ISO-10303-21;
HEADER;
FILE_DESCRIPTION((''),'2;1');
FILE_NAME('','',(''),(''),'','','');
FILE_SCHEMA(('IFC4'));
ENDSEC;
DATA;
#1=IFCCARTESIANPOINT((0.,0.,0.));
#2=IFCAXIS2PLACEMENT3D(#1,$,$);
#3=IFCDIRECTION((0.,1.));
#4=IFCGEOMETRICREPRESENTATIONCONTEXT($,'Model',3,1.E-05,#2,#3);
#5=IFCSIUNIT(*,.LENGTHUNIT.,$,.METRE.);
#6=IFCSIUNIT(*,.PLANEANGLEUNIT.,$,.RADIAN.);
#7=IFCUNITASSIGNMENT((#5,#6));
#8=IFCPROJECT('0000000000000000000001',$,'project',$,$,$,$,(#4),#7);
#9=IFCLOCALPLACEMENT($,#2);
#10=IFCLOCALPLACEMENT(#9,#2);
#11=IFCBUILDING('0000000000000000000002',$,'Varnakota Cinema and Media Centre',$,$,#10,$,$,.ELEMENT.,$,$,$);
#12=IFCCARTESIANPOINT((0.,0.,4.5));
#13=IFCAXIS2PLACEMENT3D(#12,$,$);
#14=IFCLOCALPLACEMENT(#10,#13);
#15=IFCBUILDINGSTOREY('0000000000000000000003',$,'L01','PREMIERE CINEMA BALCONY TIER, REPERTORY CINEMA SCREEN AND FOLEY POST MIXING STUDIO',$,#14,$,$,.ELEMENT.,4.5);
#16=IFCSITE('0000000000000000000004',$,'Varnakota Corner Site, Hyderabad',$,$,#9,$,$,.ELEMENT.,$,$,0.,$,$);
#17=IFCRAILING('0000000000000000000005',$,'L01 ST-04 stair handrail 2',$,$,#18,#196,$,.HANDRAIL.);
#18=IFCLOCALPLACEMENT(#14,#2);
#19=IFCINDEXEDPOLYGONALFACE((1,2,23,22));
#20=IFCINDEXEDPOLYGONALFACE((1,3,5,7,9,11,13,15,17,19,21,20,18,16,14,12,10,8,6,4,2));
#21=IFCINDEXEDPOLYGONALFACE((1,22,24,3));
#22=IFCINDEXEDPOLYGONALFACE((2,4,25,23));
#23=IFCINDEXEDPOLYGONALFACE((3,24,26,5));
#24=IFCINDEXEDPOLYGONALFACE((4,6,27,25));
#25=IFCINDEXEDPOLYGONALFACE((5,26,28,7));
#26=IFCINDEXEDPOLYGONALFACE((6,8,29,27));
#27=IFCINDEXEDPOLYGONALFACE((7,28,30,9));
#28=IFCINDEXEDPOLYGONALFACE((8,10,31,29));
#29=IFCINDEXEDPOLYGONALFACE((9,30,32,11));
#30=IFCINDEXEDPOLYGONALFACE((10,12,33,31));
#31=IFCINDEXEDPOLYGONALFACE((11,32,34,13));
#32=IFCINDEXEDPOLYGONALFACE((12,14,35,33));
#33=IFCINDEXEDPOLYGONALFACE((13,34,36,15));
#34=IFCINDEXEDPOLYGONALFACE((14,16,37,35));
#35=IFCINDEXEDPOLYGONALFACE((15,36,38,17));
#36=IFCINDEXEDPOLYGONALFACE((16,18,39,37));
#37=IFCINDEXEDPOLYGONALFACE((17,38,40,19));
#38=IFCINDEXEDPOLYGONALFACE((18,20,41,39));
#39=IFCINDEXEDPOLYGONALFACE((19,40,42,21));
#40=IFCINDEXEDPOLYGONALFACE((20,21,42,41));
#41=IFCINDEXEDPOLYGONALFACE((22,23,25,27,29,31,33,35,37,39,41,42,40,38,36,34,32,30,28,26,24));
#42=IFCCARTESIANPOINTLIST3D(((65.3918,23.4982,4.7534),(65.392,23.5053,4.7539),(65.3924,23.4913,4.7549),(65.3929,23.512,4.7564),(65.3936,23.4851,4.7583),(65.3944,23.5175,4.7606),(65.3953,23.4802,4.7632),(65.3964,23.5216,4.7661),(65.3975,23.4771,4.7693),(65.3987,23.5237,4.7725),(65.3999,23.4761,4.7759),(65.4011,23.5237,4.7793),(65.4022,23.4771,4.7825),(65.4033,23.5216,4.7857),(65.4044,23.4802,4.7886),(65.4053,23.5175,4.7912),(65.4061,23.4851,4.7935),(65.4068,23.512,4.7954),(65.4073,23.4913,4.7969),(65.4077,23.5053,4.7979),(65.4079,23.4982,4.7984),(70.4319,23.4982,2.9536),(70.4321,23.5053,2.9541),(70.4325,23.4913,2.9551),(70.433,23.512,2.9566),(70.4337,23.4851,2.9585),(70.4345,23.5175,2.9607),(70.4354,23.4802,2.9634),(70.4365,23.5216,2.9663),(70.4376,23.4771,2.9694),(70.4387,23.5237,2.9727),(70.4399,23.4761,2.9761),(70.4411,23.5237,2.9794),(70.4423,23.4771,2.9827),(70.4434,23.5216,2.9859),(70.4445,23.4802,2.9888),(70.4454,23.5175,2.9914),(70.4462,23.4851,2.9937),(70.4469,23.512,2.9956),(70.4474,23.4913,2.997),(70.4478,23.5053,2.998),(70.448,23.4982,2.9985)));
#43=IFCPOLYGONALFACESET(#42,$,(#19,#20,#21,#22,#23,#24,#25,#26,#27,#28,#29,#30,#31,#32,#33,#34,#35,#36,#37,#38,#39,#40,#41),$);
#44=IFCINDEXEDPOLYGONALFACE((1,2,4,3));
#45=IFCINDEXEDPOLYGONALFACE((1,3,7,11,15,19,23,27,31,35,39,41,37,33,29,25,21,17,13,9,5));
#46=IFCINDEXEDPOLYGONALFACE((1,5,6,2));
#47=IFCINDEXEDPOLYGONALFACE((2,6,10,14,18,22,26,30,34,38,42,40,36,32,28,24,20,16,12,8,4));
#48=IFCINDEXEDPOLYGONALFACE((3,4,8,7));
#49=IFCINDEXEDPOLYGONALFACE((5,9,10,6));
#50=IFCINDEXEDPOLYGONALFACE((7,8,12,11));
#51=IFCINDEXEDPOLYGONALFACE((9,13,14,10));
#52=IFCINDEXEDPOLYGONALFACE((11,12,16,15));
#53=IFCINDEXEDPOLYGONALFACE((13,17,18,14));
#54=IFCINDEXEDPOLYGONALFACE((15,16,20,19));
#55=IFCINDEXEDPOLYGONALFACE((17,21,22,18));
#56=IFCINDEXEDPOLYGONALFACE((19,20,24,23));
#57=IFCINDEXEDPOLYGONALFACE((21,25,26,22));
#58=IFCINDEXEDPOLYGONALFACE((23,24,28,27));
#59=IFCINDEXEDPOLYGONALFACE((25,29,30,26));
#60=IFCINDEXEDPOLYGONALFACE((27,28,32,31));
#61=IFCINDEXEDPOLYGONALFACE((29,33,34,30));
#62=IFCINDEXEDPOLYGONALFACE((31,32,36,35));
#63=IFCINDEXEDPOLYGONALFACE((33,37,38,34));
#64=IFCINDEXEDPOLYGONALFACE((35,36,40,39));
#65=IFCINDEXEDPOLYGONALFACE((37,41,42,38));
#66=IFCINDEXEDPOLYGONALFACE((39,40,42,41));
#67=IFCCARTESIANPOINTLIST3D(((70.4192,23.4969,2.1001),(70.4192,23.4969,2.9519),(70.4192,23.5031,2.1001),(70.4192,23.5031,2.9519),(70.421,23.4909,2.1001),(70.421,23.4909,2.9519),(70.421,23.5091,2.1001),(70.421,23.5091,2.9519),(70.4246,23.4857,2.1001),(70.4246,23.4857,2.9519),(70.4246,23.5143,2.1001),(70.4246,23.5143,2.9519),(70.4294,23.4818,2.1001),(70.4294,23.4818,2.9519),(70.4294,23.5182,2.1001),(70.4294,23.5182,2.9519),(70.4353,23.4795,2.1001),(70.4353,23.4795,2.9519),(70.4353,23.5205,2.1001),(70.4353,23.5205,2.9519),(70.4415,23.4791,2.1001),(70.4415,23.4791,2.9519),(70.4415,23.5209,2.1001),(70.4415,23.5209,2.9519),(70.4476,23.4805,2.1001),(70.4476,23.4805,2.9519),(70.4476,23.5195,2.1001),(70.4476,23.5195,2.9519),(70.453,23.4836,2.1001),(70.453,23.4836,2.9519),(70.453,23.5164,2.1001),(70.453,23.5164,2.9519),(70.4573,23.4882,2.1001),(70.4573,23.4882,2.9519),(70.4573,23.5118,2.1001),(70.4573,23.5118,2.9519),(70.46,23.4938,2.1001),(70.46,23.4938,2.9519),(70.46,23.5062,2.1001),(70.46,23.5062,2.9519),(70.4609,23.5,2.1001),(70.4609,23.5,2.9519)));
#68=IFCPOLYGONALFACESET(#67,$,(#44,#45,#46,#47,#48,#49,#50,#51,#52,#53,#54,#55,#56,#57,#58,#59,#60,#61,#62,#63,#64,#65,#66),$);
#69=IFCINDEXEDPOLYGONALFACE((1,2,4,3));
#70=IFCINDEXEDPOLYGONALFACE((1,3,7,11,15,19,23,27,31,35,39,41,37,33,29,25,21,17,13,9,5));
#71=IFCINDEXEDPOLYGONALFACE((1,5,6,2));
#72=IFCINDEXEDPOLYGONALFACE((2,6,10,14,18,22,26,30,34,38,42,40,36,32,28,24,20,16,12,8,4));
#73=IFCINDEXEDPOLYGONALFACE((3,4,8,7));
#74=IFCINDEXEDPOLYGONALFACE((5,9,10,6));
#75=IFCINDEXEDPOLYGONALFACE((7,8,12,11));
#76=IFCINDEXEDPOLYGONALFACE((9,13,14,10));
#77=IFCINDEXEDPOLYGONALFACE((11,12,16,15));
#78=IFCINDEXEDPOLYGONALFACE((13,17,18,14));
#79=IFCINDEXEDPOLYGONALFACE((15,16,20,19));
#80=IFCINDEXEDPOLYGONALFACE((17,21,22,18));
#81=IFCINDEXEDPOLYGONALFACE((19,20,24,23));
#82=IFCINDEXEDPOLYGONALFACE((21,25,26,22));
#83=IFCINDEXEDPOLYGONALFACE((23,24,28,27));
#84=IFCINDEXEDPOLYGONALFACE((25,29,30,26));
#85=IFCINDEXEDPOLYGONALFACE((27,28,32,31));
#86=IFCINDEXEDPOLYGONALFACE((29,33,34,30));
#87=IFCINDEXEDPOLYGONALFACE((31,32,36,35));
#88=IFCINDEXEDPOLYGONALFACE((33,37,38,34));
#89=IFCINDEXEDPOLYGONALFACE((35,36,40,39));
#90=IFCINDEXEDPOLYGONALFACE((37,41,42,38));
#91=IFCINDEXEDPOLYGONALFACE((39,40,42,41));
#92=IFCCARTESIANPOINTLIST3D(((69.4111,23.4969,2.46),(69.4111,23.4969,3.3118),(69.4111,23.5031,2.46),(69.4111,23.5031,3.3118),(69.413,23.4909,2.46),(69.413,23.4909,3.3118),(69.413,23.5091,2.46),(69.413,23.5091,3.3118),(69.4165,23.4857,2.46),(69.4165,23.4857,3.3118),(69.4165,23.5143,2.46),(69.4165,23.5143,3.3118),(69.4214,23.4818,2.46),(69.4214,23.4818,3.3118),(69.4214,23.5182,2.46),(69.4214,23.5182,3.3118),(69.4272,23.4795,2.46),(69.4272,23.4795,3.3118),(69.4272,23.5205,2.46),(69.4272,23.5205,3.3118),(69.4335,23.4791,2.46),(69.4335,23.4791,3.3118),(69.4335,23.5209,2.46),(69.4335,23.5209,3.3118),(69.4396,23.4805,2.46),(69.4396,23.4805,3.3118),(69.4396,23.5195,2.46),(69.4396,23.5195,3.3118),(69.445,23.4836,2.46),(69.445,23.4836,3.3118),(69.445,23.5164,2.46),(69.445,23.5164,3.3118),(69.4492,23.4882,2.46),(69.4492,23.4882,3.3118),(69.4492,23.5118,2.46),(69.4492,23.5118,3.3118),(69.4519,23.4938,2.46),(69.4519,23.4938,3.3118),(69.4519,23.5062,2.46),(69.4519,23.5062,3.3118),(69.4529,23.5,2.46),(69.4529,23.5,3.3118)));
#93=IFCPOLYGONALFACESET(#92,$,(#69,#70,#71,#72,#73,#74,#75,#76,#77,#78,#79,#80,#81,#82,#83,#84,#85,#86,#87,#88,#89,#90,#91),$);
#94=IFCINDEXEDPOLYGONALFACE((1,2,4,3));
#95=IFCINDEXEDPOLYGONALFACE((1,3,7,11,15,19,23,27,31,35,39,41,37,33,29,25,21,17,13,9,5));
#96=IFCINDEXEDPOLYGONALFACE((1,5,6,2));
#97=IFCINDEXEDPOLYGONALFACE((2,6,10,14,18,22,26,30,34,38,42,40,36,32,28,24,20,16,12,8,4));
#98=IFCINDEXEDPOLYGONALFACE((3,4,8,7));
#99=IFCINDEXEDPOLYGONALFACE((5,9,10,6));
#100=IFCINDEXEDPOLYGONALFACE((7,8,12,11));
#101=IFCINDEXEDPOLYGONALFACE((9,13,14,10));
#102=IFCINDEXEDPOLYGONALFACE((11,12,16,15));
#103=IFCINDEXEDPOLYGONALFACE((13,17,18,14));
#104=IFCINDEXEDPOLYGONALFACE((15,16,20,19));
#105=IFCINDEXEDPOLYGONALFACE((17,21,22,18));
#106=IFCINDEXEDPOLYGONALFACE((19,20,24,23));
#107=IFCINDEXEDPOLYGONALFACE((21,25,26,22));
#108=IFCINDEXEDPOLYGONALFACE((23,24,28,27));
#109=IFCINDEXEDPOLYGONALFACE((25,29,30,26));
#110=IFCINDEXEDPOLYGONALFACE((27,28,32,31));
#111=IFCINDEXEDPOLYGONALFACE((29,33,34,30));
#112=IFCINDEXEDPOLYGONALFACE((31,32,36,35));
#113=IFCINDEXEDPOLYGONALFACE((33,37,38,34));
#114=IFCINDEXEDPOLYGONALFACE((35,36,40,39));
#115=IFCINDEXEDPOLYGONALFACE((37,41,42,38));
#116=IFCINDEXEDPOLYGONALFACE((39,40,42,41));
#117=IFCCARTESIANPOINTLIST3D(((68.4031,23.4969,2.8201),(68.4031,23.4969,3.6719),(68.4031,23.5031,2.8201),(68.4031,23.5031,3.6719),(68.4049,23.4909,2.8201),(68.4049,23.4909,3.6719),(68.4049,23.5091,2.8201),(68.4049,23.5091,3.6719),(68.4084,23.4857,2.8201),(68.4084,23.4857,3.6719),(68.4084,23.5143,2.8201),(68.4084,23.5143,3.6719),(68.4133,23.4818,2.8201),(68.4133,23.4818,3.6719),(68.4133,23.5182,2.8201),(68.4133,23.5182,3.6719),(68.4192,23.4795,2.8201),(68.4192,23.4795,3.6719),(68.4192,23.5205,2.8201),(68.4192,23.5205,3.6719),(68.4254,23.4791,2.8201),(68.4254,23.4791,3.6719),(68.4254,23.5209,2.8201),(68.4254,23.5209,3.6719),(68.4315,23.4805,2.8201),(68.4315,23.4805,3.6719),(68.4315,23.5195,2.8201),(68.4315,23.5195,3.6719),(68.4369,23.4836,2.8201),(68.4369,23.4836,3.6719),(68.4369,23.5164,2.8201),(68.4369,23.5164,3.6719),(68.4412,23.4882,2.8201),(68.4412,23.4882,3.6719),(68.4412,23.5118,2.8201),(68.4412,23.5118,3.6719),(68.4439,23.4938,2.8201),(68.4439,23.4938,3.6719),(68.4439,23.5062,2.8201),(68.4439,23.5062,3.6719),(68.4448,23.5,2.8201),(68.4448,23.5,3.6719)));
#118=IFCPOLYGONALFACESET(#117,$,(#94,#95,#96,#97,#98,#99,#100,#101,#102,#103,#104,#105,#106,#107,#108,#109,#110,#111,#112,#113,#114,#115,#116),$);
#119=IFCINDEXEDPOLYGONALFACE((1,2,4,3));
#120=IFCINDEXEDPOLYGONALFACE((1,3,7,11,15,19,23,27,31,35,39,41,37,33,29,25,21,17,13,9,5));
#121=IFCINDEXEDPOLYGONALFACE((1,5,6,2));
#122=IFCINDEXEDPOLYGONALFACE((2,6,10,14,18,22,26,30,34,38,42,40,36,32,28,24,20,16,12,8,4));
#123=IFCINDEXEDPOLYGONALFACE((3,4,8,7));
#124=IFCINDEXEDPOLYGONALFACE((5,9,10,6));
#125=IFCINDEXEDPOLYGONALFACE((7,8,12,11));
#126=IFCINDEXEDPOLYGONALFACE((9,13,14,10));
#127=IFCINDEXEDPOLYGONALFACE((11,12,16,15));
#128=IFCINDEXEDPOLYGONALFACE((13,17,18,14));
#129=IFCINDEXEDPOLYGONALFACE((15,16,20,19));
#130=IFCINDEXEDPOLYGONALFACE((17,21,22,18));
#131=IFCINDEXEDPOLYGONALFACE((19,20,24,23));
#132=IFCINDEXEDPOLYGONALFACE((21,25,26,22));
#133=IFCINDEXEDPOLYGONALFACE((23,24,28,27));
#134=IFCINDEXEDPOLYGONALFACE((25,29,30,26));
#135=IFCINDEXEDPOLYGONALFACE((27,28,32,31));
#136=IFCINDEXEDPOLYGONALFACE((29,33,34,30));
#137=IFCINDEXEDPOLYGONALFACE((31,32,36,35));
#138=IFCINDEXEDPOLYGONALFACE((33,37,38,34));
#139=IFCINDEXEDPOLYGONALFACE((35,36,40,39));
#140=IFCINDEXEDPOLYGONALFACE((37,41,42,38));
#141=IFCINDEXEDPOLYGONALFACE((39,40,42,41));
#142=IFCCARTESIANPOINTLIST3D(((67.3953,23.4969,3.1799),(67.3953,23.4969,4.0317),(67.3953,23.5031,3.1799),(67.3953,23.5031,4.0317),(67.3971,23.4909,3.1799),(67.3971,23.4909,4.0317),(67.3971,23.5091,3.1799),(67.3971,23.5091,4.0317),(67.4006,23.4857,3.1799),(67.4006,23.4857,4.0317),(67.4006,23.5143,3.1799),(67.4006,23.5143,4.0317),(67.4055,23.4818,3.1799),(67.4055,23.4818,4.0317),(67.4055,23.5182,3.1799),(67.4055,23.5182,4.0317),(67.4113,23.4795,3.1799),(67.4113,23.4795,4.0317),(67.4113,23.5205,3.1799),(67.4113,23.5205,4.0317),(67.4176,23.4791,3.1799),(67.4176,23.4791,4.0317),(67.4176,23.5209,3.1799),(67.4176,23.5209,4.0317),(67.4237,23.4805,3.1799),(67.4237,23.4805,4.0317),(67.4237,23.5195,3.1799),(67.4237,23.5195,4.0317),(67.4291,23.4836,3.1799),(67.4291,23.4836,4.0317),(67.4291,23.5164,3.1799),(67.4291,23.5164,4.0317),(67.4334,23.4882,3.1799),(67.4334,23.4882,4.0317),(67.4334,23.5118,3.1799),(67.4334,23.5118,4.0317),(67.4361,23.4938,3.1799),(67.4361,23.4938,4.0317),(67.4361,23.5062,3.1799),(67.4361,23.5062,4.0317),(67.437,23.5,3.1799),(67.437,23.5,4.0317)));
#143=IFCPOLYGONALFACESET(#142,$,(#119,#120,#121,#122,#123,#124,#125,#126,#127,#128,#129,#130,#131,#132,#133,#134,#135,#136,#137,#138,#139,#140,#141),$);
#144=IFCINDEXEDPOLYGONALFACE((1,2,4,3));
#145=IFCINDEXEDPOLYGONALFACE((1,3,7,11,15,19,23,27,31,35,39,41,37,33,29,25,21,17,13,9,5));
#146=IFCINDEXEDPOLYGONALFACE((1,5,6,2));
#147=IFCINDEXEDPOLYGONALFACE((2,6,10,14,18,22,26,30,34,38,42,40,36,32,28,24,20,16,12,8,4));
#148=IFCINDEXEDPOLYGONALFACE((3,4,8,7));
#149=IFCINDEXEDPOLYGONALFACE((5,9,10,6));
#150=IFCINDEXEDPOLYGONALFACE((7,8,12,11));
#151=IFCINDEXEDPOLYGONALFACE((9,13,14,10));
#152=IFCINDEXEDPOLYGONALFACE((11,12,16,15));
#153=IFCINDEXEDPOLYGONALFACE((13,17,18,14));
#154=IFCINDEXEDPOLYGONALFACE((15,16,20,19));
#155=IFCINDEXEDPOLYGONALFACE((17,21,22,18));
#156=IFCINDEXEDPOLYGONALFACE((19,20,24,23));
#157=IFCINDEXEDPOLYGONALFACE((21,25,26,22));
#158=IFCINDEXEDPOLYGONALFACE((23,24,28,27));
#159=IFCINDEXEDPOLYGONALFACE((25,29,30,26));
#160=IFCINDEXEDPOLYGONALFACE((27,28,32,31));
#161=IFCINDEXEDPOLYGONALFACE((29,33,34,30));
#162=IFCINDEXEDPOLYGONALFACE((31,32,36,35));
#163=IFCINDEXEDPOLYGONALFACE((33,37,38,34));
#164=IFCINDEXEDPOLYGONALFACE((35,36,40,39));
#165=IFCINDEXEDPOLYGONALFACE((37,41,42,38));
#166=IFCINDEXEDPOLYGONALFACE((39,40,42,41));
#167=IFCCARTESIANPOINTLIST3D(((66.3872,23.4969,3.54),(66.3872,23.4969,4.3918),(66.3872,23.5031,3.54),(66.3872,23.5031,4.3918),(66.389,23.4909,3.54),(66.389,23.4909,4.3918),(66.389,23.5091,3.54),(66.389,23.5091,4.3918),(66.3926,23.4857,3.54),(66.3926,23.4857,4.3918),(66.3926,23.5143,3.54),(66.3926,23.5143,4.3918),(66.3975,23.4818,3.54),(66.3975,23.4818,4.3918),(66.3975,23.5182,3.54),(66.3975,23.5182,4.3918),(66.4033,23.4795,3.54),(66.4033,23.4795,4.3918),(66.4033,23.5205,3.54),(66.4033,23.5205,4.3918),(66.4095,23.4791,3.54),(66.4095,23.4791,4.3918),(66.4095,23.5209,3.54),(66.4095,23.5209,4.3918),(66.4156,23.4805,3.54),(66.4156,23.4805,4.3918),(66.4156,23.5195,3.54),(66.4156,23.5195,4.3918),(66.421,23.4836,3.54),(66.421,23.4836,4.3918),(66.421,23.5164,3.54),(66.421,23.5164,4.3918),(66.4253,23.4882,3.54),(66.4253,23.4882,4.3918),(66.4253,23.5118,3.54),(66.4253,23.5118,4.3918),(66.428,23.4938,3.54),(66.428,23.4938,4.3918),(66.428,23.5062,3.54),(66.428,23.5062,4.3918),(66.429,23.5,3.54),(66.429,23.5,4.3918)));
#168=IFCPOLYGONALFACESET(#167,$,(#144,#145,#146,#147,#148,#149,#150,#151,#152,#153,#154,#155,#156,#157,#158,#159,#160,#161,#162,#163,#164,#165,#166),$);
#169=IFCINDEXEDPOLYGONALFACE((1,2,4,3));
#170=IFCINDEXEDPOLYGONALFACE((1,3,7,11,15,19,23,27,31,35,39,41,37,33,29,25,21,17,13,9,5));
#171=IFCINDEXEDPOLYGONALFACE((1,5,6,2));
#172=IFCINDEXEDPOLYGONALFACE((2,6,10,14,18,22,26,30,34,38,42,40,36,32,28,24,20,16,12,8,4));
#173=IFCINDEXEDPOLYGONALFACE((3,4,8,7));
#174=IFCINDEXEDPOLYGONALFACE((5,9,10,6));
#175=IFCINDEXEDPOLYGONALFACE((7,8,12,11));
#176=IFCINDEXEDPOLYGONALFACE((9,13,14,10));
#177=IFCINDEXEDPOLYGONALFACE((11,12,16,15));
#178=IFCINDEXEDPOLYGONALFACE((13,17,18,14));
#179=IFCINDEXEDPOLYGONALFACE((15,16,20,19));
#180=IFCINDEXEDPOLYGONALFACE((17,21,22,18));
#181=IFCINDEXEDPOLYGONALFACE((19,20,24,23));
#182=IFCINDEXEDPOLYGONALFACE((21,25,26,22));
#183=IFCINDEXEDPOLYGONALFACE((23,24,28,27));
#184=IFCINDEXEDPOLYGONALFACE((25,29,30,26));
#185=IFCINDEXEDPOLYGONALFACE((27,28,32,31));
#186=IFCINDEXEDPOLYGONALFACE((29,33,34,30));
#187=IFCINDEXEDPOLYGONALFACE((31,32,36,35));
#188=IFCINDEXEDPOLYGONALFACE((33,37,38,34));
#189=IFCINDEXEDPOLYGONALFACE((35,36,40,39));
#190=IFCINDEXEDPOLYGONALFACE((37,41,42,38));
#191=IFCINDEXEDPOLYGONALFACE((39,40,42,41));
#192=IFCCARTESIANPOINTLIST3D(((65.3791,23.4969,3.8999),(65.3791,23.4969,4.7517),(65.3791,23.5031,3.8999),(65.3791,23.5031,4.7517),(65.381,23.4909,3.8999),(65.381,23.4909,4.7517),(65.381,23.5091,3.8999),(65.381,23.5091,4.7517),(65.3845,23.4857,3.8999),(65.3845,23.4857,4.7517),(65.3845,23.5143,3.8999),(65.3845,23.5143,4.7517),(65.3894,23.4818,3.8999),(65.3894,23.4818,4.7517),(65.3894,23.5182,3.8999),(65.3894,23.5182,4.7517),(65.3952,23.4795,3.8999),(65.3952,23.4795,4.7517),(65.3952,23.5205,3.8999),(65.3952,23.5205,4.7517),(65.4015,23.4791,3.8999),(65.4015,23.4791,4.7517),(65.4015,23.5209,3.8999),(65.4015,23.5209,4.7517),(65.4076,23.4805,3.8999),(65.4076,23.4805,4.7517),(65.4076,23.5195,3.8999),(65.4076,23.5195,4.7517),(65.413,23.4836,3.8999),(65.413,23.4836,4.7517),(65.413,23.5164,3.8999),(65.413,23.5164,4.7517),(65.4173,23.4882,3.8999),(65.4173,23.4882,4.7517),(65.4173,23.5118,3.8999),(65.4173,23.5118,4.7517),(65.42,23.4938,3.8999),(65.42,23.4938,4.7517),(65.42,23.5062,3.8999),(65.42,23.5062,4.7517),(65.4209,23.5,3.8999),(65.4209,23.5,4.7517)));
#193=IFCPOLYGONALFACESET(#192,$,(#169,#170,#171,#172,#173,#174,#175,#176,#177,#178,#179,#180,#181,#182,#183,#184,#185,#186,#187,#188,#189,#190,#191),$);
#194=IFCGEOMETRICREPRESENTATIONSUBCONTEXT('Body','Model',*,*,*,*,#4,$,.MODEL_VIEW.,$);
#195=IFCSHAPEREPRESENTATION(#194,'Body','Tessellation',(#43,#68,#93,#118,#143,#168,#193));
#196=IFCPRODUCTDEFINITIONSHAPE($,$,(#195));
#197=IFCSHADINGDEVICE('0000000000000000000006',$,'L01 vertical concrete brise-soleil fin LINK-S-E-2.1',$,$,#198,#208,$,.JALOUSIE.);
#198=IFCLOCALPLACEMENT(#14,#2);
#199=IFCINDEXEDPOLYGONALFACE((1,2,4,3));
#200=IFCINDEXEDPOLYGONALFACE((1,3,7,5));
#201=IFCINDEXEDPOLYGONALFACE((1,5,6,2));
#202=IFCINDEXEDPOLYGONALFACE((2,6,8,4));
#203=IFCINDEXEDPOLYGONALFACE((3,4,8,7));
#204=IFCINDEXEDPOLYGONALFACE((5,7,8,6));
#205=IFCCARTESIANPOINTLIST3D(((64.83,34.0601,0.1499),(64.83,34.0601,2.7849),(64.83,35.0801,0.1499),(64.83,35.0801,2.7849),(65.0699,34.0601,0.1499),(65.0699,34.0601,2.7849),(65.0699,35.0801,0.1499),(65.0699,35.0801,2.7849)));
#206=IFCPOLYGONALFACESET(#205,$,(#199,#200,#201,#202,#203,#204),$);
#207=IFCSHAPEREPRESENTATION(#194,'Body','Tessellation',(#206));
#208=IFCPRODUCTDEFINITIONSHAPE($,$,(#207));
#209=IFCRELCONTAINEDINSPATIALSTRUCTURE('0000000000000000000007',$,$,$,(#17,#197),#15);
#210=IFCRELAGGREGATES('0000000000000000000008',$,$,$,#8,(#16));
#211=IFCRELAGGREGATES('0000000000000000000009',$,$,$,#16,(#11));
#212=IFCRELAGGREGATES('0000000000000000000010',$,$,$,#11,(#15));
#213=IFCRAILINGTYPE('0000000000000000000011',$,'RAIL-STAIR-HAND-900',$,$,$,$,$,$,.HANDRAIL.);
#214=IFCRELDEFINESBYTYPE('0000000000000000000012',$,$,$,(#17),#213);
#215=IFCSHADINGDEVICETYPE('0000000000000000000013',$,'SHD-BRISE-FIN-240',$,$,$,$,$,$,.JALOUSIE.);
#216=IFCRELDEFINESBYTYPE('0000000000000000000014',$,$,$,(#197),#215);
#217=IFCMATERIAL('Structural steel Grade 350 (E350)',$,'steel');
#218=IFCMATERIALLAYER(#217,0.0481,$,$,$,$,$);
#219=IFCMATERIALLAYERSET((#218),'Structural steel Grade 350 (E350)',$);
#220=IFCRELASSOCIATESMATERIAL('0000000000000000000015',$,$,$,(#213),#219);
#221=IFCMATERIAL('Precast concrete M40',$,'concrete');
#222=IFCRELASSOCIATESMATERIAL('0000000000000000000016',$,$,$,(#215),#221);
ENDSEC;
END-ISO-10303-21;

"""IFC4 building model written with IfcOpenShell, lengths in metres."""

from ifc_helpers import new_model, si_unit, direction, frame, origin, origin_2d, place, context, subcontext, project, spatial, rectangle, circle, extrude, material, layer, layer_set, type_object, element, save


model = new_model("IFC4")

# Units and contexts
model_context = context("Model", 3, precision=1e-05, world=origin(), true_north=direction((0.0, 1.0)))
body_context = subcontext(model_context, "Body", "Model", "MODEL_VIEW")
ifc_project = project(units=[si_unit("LENGTHUNIT", "METRE"), si_unit("PLANEANGLEUNIT", "RADIAN")], contexts=[model_context])

# Site, building, storey
site_placement = place(None, origin())
site = spatial("IfcSite", under=ifc_project, at=site_placement, Name="Varnakota Corner Site, Hyderabad", CompositionType="ELEMENT", RefElevation=0.0)
building_placement = place(site_placement, origin())
building = spatial("IfcBuilding", under=site, at=building_placement, Name="Varnakota Cinema and Media Centre", CompositionType="ELEMENT")
storey_placement = place(building_placement, frame((0.0, 0.0, 4.5)))
storey = spatial("IfcBuildingStorey", under=building, at=storey_placement, Name="L01", Description="PREMIERE CINEMA BALCONY TIER, REPERTORY CINEMA SCREEN AND FOLEY POST MIXING STUDIO", CompositionType="ELEMENT", Elevation=4.5)

# Railing
ifc_material_1 = material(Name="Structural steel Grade 350 (E350)", Category="steel")
ifc_layer_1 = layer(ifc_material_1, 0.0481)
ifc_layer_set_1 = layer_set([ifc_layer_1], Name="Structural steel Grade 350 (E350)")
railing_type_1 = type_object("IfcRailingType", Name="RAIL-STAIR-HAND-900", PredefinedType="HANDRAIL", material=ifc_layer_set_1)
railing_1_placement = place(storey_placement, frame((70.4399, 23.5, 2.1001)))
element("IfcRailing", 1, at=railing_1_placement, inside=storey, type_object=railing_type_1, Name="L01 ST-04 stair handrail 2", PredefinedType="HANDRAIL", context=body_context, shape_type="SweptSolid", body=[
    extrude(circle(Radius=0.0239, at=origin_2d()), frame((0.0, 0.0, 0.876), z_axis=(-0.941754, 0.0, 0.336302), x_axis=(0.0, -1.0, 0.0)), (0.0, 0.0, 1.0), 5.3518),
    extrude(circle(Radius=0.021, at=origin_2d()), origin(), (0.0, 0.0, 1.0), 0.8518),
    extrude(circle(Radius=0.021, at=origin_2d()), frame((-1.0081, 0.0, 0.3599)), (0.0, 0.0, 1.0), 0.8518),
    extrude(circle(Radius=0.021, at=origin_2d()), frame((-2.0161, 0.0, 0.72)), (0.0, 0.0, 1.0), 0.8518),
    extrude(circle(Radius=0.021, at=origin_2d()), frame((-3.0239, 0.0, 1.0798)), (0.0, 0.0, 1.0), 0.8518),
    extrude(circle(Radius=0.021, at=origin_2d()), frame((-4.032, 0.0, 1.4399)), (0.0, 0.0, 1.0), 0.8518),
    extrude(circle(Radius=0.021, at=origin_2d()), frame((-5.04, 0.0, 1.7998)), (0.0, 0.0, 1.0), 0.8518),
])

# Shading device
ifc_material_2 = material(Name="Precast concrete M40", Category="concrete")
shading_device_type = type_object("IfcShadingDeviceType", Name="SHD-BRISE-FIN-240", PredefinedType="JALOUSIE", material=ifc_material_2)
for number, where, z_axis, x_axis, name in (
    (2, (64.95, 34.5701, 0.1499), (0.0, 0.0, 1.0), (-1.0, 0.0, 0.0), "L01 vertical concrete brise-soleil fin LINK-S-E-2.1"),
):
    element("IfcShadingDevice", number, at=place(storey_placement, frame(where, z_axis=z_axis, x_axis=x_axis)), inside=storey, type_object=shading_device_type, Name=name, PredefinedType="JALOUSIE", context=body_context, shape_type="SweptSolid", body=[
        extrude(rectangle(XDim=0.24, YDim=1.02, at=origin_2d()), origin(), (0.0, 0.0, 1.0), 2.635),
    ])

save(model, "model.ifc")
